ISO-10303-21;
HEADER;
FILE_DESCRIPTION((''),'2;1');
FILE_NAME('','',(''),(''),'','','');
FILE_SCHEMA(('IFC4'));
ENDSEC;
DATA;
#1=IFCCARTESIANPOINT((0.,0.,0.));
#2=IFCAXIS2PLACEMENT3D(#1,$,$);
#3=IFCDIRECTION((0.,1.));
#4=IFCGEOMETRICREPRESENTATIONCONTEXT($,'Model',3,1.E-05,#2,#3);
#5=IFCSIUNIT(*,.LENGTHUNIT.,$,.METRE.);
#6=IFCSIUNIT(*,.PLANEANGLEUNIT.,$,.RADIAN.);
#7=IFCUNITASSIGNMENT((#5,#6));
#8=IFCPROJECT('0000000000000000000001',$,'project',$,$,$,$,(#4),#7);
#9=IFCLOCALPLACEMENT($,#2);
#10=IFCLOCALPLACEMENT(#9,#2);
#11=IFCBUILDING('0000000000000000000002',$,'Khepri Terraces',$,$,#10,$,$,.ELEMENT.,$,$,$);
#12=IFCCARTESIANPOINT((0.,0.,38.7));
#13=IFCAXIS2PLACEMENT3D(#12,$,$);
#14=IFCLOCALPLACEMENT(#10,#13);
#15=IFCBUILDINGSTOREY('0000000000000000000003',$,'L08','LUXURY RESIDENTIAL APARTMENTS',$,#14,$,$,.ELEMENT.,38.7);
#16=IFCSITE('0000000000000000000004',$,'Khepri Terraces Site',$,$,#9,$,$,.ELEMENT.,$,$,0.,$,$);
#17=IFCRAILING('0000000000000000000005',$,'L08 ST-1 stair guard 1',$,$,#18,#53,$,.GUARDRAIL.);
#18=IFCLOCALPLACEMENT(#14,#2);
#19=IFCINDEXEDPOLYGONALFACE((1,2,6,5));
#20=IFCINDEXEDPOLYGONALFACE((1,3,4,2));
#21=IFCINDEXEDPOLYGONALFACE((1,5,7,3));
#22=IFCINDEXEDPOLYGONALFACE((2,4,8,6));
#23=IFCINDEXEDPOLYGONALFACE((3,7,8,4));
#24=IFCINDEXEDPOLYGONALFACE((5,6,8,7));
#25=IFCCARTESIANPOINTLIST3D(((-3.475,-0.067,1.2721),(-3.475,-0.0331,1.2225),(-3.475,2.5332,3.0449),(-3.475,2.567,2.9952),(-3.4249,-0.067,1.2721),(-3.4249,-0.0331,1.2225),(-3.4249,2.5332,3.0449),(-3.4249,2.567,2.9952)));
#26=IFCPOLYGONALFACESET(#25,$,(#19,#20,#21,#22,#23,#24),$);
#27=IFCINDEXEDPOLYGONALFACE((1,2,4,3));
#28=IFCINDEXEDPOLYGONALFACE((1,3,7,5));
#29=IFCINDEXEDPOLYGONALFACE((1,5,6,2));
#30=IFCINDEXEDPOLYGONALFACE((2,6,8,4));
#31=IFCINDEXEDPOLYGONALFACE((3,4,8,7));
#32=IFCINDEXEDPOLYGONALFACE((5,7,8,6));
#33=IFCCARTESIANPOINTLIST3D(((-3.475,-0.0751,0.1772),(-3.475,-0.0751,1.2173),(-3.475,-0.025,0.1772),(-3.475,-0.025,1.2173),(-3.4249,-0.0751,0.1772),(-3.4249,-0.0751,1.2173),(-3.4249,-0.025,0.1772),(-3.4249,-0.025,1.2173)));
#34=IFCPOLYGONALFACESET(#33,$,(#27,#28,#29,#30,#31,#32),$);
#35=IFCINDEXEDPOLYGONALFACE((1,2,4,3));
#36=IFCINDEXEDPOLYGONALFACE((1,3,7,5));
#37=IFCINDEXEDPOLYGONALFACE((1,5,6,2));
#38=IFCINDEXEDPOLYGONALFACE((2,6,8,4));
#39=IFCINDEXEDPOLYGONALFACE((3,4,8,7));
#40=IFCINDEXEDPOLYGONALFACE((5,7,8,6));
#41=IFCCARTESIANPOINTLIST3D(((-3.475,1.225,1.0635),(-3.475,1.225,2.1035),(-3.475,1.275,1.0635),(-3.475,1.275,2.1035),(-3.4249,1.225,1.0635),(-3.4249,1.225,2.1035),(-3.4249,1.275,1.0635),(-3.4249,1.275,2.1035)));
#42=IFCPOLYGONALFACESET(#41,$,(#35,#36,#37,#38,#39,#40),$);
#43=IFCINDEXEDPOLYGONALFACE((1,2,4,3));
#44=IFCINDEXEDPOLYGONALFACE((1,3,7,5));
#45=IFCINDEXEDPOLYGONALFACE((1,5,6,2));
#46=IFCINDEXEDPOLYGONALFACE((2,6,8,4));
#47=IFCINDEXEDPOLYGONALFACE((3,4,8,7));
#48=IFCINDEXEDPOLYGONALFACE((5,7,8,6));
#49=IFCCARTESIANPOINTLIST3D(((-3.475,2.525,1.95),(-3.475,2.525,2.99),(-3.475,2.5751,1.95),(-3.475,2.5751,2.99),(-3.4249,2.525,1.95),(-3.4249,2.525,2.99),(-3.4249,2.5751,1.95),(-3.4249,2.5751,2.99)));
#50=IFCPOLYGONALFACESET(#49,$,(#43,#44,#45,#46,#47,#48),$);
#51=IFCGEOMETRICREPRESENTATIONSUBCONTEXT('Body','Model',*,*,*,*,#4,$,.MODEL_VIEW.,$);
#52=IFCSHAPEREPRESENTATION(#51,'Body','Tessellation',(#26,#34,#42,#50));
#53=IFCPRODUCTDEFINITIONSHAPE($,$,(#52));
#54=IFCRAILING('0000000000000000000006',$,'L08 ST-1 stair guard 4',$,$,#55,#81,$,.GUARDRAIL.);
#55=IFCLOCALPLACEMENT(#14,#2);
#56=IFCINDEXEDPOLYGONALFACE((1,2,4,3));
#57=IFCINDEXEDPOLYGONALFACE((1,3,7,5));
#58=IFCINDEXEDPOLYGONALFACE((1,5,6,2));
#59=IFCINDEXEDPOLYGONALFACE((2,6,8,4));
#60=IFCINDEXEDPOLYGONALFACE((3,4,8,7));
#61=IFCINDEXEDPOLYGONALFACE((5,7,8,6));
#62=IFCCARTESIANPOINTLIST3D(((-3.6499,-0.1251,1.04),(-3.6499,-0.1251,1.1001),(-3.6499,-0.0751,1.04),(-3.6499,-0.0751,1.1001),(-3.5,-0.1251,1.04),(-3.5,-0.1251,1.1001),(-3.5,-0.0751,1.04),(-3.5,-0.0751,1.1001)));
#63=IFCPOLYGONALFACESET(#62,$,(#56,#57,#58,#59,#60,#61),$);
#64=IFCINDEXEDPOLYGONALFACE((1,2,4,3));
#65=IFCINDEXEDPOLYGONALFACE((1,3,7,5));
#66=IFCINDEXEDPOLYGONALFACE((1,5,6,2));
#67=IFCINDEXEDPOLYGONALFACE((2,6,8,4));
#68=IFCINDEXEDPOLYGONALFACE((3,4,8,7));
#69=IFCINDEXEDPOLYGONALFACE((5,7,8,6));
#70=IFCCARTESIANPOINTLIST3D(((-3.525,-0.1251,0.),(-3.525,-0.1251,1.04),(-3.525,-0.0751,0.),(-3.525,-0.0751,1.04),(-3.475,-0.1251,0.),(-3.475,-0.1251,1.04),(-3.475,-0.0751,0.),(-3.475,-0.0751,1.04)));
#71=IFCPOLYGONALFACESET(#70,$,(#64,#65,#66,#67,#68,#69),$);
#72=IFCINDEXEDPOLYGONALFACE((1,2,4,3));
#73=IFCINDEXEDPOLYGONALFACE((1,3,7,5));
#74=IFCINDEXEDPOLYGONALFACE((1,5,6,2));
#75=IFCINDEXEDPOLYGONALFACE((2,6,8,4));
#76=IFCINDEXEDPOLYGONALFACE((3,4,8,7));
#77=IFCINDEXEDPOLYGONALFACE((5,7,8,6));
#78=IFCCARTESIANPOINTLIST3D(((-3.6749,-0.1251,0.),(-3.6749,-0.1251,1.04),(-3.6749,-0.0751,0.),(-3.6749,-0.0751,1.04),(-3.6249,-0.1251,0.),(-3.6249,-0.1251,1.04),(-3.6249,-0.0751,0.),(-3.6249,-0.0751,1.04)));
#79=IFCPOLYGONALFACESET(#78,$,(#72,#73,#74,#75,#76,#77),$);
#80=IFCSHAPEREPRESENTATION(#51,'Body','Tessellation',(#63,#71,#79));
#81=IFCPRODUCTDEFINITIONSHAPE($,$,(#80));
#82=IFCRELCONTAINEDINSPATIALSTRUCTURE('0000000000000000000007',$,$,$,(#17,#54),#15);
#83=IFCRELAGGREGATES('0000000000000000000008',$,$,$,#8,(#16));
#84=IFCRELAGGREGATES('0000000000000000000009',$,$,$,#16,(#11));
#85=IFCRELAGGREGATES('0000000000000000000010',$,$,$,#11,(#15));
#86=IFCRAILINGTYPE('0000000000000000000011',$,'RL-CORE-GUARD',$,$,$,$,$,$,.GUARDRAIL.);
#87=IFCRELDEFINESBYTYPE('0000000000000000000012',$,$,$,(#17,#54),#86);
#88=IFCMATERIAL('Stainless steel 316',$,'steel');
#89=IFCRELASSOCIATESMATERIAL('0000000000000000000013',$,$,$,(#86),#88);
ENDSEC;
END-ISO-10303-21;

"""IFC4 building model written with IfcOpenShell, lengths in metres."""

from ifc_helpers import new_model, si_unit, direction, frame, origin, origin_2d, place, context, subcontext, project, spatial, rectangle, extrude, material, type_object, element, save


model = new_model("IFC4")

# Units and contexts
model_context = context("Model", 3, precision=1e-05, world=origin(), true_north=direction((0.0, 1.0)))
body_context = subcontext(model_context, "Body", "Model", "MODEL_VIEW")
ifc_project = project(units=[si_unit("LENGTHUNIT", "METRE"), si_unit("PLANEANGLEUNIT", "RADIAN")], contexts=[model_context])

# Site, building, storey
site_placement = place(None, origin())
site = spatial("IfcSite", under=ifc_project, at=site_placement, Name="Khepri Terraces Site", CompositionType="ELEMENT", RefElevation=0.0)
building_placement = place(site_placement, origin())
building = spatial("IfcBuilding", under=site, at=building_placement, Name="Khepri Terraces", CompositionType="ELEMENT")
storey_placement = place(building_placement, frame((0.0, 0.0, 38.7)))
storey = spatial("IfcBuildingStorey", under=building, at=storey_placement, Name="L08", Description="LUXURY RESIDENTIAL APARTMENTS", CompositionType="ELEMENT", Elevation=38.7)

# Railings
ifc_material_1 = material(Name="Stainless steel 316", Category="steel")
railing_type = type_object("IfcRailingType", Name="RL-CORE-GUARD", PredefinedType="GUARDRAIL", material=ifc_material_1)
railing_1_placement = place(storey_placement, frame((-3.45, -0.05, 0.1772)))
element("IfcRailing", 1, at=railing_1_placement, inside=storey, type_object=railing_type, Name="L08 ST-1 stair guard 1", PredefinedType="GUARDRAIL", context=body_context, shape_type="SweptSolid", body=[
    extrude(rectangle(XDim=0.05, YDim=0.0601, at=origin_2d()), frame((0.0, 0.0, 1.0701), z_axis=(0.0, 0.82624, 0.563318), x_axis=(-1.0, 0.0, 0.0)), (0.0, 0.0, 1.0), 3.147),
    extrude(rectangle(XDim=0.05, YDim=0.05, at=origin_2d()), origin(), (0.0, 0.0, 1.0), 1.04),
    extrude(rectangle(XDim=0.05, YDim=0.05, at=origin_2d()), frame((0.0, 1.3, 0.8862)), (0.0, 0.0, 1.0), 1.04),
    extrude(rectangle(XDim=0.05, YDim=0.05, at=origin_2d()), frame((0.0, 2.6001, 1.7727)), (0.0, 0.0, 1.0), 1.04),
])
railing_2_placement = place(storey_placement, frame((-3.5, -0.1001, 0.0)))
element("IfcRailing", 2, at=railing_2_placement, inside=storey, type_object=railing_type, Name="L08 ST-1 stair guard 4", PredefinedType="GUARDRAIL", context=body_context, shape_type="SweptSolid", body=[
    extrude(rectangle(XDim=0.05, YDim=0.0601, at=origin_2d()), frame((0.0, 0.0, 1.0701), z_axis=(-1.0, 0.0, 0.0), x_axis=(0.0, -1.0, 0.0)), (0.0, 0.0, 1.0), 0.1499),
    extrude(rectangle(XDim=0.05, YDim=0.05, at=origin_2d()), origin(), (0.0, 0.0, 1.0), 1.04),
    extrude(rectangle(XDim=0.05, YDim=0.05, at=origin_2d()), frame((-0.1499, 0.0, 0.0)), (0.0, 0.0, 1.0), 1.04),
])

save(model, "model.ifc")
